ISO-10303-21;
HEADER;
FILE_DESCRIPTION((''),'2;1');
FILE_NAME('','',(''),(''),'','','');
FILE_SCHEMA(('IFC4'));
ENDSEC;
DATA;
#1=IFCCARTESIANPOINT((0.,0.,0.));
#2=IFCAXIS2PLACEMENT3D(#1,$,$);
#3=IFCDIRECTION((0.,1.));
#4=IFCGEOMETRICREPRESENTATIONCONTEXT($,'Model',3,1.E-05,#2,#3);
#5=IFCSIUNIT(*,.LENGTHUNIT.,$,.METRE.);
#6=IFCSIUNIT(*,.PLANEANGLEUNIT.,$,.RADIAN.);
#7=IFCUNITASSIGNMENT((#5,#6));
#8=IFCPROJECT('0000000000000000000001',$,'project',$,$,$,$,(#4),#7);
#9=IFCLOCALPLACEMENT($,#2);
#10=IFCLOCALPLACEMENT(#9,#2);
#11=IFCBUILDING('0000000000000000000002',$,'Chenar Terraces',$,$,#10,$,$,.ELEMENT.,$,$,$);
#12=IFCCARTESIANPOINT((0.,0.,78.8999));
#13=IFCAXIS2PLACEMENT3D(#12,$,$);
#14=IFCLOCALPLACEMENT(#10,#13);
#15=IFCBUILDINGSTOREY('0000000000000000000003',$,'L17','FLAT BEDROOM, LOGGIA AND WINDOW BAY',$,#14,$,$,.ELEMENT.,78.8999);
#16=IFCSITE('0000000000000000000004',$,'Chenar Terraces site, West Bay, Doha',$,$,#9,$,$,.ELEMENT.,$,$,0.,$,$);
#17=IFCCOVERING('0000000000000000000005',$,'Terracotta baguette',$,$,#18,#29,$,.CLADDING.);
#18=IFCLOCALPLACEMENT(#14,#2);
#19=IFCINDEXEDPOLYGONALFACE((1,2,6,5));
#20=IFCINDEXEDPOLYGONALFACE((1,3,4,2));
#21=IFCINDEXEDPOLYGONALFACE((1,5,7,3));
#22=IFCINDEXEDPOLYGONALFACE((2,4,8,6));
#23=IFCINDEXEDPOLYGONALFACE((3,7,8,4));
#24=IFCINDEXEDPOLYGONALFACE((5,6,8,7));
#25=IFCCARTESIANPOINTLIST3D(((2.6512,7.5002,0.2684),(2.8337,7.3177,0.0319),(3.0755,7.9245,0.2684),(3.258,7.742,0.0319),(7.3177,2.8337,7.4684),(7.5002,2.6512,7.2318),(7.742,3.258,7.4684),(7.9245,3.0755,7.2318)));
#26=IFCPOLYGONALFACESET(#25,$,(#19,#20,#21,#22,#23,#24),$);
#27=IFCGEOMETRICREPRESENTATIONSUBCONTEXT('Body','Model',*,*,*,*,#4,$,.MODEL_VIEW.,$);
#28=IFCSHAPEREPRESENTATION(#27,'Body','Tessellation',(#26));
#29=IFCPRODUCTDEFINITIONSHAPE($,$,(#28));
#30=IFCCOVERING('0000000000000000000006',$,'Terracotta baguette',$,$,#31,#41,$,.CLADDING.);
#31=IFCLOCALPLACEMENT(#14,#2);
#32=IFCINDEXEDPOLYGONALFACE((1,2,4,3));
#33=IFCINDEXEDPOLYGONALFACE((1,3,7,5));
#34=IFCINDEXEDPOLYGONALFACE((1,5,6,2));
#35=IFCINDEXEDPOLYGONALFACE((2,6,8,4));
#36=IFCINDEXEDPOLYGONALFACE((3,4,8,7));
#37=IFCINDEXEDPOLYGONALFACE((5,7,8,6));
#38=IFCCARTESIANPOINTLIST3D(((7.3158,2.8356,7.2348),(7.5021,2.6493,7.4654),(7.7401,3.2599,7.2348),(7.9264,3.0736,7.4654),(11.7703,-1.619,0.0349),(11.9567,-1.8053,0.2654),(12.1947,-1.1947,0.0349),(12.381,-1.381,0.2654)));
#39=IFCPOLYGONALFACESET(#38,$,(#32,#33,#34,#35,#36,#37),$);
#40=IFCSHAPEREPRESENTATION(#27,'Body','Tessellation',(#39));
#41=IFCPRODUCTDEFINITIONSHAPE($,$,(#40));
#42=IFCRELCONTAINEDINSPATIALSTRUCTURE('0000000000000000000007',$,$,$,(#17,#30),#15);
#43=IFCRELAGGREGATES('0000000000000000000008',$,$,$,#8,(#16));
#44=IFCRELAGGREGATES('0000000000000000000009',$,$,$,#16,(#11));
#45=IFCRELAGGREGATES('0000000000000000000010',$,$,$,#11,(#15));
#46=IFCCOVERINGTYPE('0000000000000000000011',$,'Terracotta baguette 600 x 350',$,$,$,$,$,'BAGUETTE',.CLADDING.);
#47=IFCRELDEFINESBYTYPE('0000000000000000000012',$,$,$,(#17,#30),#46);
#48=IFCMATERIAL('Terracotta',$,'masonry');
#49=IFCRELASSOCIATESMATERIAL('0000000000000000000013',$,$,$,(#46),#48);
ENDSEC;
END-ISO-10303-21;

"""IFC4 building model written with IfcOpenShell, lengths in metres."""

from ifc_helpers import new_model, si_unit, direction, frame, origin, origin_2d, place, context, subcontext, project, spatial, rectangle, extrude, material, material_profile, profile_set, type_object, element, save


model = new_model("IFC4")

# Units and contexts
model_context = context("Model", 3, precision=1e-05, world=origin(), true_north=direction((0.0, 1.0)))
body_context = subcontext(model_context, "Body", "Model", "MODEL_VIEW")
ifc_project = project(units=[si_unit("LENGTHUNIT", "METRE"), si_unit("PLANEANGLEUNIT", "RADIAN")], contexts=[model_context])

# Site, building, storey
site_placement = place(None, origin())
site = spatial("IfcSite", under=ifc_project, at=site_placement, Name="Chenar Terraces site, West Bay, Doha", CompositionType="ELEMENT", RefElevation=0.0)
building_placement = place(site_placement, origin())
building = spatial("IfcBuilding", under=site, at=building_placement, Name="Chenar Terraces", CompositionType="ELEMENT")
storey_placement = place(building_placement, frame((0.0, 0.0, 78.8999)))
storey = spatial("IfcBuildingStorey", under=building, at=storey_placement, Name="L17", Description="FLAT BEDROOM, LOGGIA AND WINDOW BAY", CompositionType="ELEMENT", Elevation=78.8999)

# Coverings
ifc_material_1 = material(Name="Terracotta", Category="masonry")
ifc_material_profile = material_profile(ifc_material_1, rectangle(XDim=0.6001, YDim=0.3501, at=origin_2d()), Name="Terracotta baguette 600 x 350")
ifc_profile_set = profile_set([ifc_material_profile], Name="Terracotta")
covering_type = type_object("IfcCoveringType", Name="Terracotta baguette 600 x 350", ElementType="BAGUETTE", PredefinedType="CLADDING", material=ifc_profile_set)
covering_1_placement = place(storey_placement, frame((2.9546, 7.6211, 0.1501), z_axis=(0.477789, -0.477789, 0.737181), x_axis=(0.707107, 0.707107, 0.0)))
element("IfcCovering", 1, at=covering_1_placement, inside=storey, type_object=covering_type, Name="Terracotta baguette", PredefinedType="CLADDING", context=body_context, shape_type="SweptSolid", body=[
    extrude(rectangle(XDim=0.6001, YDim=0.3501, at=origin_2d()), origin(), (0.0, 0.0, 1.0), 9.7668),
])
covering_2_placement = place(storey_placement, frame((7.6211, 2.9546, 7.3501), z_axis=(0.465624, -0.465624, -0.752588), x_axis=(0.707107, 0.707107, 0.0)))
element("IfcCovering", 2, at=covering_2_placement, inside=storey, type_object=covering_type, Name="Terracotta baguette", PredefinedType="CLADDING", context=body_context, shape_type="SweptSolid", body=[
    extrude(rectangle(XDim=0.6001, YDim=0.3501, at=origin_2d()), origin(), (0.0, 0.0, 1.0), 9.5669),
])

save(model, "model.ifc")
